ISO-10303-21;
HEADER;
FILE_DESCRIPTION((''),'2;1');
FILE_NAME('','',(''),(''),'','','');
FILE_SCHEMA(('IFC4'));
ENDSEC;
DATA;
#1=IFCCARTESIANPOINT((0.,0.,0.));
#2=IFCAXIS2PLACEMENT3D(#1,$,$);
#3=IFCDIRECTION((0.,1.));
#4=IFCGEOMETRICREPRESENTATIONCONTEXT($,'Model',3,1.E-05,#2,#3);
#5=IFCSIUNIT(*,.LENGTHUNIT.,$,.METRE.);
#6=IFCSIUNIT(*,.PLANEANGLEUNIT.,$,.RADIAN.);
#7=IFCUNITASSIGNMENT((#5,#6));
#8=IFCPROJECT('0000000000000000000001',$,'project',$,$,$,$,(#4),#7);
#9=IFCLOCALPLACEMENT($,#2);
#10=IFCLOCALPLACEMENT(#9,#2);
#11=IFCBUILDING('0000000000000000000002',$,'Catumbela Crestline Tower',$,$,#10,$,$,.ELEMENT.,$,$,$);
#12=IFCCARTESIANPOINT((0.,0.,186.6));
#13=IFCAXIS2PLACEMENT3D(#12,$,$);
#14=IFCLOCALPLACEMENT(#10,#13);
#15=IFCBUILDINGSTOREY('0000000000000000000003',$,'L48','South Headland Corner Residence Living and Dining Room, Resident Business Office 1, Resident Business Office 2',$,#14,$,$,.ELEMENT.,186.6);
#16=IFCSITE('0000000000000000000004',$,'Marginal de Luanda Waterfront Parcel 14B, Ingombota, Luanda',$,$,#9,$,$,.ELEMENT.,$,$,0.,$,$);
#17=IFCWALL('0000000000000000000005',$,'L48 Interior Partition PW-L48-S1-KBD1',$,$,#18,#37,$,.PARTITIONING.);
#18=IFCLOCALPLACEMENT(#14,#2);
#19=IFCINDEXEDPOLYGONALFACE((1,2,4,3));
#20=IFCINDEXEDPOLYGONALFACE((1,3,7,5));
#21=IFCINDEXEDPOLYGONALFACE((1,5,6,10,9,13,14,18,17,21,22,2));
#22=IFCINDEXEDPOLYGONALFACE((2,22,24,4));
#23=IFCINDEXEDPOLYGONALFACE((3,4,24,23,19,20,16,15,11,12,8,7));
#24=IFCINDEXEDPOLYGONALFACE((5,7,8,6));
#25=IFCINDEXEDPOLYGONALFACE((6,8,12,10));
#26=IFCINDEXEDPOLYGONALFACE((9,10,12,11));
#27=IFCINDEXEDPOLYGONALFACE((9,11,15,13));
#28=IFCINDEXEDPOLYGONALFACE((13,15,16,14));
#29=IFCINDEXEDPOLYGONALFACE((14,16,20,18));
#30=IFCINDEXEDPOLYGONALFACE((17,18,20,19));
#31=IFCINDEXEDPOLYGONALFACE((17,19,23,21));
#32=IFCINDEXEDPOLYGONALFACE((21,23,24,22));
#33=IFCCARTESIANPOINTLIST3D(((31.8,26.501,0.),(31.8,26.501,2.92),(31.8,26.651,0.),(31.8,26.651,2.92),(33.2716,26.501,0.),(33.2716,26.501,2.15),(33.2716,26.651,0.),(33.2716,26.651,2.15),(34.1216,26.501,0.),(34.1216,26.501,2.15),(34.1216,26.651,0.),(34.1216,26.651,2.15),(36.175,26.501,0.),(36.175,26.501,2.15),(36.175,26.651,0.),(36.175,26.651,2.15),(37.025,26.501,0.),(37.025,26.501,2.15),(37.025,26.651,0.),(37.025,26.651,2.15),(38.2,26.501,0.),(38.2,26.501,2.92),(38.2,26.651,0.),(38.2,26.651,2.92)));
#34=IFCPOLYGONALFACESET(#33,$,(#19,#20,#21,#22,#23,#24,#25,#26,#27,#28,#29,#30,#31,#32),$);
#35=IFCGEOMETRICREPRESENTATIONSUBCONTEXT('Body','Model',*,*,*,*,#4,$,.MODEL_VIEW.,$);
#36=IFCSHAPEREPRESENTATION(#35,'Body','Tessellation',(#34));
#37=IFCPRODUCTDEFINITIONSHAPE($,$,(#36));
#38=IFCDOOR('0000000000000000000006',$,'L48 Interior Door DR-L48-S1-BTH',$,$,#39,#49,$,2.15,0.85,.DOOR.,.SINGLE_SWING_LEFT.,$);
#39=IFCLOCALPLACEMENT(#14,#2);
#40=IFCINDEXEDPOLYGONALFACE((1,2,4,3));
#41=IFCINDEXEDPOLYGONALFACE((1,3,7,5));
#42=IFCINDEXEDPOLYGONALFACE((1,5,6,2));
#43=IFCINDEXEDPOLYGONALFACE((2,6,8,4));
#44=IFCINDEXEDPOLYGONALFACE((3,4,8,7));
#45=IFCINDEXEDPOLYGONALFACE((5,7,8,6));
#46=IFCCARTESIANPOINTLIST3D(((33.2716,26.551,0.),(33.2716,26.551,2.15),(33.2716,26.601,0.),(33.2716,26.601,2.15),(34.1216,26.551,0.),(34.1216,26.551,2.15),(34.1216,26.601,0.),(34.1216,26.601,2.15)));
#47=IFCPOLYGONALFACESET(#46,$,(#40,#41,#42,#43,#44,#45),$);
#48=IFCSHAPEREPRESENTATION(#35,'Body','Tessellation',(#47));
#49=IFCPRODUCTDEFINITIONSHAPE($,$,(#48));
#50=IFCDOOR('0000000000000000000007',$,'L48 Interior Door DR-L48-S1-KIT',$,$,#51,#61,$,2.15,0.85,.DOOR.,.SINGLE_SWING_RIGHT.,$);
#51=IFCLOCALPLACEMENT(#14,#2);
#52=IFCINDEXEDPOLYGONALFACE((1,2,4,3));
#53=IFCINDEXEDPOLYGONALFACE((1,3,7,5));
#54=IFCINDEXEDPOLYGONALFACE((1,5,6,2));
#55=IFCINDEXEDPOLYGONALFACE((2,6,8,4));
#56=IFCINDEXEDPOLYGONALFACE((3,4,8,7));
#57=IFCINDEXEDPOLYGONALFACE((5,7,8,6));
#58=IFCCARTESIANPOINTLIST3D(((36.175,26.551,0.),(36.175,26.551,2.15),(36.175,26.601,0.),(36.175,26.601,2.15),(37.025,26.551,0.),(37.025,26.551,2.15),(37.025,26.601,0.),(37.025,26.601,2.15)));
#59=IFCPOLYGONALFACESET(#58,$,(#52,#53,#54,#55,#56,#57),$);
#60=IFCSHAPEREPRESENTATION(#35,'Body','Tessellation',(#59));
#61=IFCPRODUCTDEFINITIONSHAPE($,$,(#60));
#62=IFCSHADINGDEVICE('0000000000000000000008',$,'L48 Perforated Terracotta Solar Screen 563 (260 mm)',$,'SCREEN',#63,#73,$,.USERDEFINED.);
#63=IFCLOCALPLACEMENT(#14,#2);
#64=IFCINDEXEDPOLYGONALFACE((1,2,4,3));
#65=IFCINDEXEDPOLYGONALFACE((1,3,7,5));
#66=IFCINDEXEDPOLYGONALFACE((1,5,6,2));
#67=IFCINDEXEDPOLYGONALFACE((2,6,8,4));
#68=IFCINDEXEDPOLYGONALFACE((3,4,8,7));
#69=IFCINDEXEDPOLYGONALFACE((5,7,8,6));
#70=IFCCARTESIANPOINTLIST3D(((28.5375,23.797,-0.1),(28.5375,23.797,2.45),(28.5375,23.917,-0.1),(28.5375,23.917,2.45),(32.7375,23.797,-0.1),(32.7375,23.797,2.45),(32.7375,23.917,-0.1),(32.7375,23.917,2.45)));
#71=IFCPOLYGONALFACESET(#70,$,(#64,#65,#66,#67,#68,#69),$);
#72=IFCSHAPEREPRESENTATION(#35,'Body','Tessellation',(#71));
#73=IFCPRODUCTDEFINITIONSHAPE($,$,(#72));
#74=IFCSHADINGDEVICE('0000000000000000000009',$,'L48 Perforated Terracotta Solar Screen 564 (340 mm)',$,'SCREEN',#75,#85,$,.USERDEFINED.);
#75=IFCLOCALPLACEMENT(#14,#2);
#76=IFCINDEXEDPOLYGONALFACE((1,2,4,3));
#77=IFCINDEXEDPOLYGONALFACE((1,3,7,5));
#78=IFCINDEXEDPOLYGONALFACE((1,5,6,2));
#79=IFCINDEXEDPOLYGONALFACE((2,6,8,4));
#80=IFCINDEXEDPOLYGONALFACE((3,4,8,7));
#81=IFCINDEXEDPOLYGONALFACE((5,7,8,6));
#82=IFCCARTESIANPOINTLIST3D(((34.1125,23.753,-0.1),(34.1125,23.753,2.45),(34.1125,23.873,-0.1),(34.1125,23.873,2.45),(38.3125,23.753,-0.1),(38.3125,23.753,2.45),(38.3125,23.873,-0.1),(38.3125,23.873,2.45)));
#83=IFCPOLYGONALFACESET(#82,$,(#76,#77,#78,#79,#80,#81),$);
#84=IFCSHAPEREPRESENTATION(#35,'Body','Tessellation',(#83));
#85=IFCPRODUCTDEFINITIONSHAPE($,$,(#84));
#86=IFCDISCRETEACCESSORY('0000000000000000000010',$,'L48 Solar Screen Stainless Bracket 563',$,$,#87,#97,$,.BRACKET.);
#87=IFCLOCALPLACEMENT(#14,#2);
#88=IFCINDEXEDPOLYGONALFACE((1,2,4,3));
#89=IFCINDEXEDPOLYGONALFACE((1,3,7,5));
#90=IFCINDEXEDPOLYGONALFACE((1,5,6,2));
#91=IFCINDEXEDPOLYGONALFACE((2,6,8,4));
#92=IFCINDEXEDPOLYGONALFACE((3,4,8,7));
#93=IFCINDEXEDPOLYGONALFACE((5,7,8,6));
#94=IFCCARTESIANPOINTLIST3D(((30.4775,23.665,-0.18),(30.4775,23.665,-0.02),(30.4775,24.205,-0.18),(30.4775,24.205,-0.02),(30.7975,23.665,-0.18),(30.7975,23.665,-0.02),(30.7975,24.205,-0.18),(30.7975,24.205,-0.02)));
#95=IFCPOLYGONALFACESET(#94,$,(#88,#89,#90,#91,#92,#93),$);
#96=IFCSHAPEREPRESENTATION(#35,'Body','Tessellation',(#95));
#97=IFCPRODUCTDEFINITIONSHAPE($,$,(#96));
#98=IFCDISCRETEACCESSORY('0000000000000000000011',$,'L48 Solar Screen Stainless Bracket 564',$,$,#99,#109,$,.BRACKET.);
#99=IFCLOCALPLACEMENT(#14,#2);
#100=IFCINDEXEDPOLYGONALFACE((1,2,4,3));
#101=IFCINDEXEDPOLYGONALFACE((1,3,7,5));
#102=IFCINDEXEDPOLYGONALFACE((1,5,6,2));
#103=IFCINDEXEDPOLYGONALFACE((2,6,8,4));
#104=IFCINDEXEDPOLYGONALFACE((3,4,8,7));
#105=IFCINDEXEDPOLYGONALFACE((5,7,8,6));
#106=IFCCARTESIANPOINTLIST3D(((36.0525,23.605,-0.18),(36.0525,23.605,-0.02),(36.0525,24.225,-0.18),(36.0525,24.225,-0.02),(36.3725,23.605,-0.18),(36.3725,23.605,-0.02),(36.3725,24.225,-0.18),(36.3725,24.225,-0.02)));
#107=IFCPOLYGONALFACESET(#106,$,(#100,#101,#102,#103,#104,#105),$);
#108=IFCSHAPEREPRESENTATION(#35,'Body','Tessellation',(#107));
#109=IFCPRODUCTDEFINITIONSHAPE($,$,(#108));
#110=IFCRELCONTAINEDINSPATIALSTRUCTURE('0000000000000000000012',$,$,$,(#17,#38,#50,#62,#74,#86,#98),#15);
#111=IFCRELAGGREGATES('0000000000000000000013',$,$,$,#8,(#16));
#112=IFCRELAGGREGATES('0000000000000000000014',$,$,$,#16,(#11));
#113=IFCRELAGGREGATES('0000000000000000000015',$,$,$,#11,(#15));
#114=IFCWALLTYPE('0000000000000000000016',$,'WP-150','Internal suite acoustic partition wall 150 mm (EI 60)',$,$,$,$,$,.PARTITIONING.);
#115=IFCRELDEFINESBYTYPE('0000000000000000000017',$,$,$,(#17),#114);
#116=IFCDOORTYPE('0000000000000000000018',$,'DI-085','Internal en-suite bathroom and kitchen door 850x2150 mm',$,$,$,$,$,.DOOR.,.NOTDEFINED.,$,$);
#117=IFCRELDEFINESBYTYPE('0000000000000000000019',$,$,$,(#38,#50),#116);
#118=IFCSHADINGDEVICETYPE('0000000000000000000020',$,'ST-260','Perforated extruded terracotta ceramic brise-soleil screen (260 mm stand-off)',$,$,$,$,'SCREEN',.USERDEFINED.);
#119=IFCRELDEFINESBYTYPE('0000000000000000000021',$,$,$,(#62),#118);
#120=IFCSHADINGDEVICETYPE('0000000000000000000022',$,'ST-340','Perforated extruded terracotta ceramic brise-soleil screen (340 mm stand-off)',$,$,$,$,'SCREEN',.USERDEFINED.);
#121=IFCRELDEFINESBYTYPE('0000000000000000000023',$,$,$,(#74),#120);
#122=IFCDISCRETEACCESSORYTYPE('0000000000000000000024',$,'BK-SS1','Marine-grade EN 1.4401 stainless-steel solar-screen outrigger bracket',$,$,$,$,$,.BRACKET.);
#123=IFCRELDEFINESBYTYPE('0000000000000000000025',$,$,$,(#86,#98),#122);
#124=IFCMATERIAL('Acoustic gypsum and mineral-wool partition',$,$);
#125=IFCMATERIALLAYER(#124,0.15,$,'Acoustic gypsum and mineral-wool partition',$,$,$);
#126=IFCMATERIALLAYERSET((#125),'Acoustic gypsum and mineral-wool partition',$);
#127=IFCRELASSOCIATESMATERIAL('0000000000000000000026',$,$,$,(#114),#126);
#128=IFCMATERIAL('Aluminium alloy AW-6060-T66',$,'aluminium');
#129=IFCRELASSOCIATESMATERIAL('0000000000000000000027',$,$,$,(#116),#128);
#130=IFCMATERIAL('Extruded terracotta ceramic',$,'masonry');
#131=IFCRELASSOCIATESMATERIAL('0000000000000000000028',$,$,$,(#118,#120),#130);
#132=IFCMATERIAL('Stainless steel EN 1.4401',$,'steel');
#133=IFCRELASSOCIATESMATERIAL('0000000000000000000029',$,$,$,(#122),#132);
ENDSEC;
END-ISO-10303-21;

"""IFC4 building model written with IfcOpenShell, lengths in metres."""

from ifc_helpers import new_model, si_unit, direction, frame, frame_2d, origin, origin_2d, place, context, subcontext, project, spatial, rectangle, extrude, material, layer, layer_set, type_object, element, fill, save


model = new_model("IFC4")

# Units and contexts
model_context = context("Model", 3, precision=1e-05, world=origin(), true_north=direction((0.0, 1.0)))
body_context = subcontext(model_context, "Body", "Model", "MODEL_VIEW")
ifc_project = project(units=[si_unit("LENGTHUNIT", "METRE"), si_unit("PLANEANGLEUNIT", "RADIAN")], contexts=[model_context])

# Site, building, storey
site_placement = place(None, origin())
site = spatial("IfcSite", under=ifc_project, at=site_placement, Name="Marginal de Luanda Waterfront Parcel 14B, Ingombota, Luanda", CompositionType="ELEMENT", RefElevation=0.0)
building_placement = place(site_placement, origin())
building = spatial("IfcBuilding", under=site, at=building_placement, Name="Catumbela Crestline Tower", CompositionType="ELEMENT")
storey_placement = place(building_placement, frame((0.0, 0.0, 186.6)))
storey = spatial("IfcBuildingStorey", under=building, at=storey_placement, Name="L48", Description="South Headland Corner Residence Living and Dining Room, Resident Business Office 1, Resident Business Office 2", CompositionType="ELEMENT", Elevation=186.6)

# Shared definitions
ifc_material_1 = material(Name="Aluminium alloy AW-6060-T66", Category="aluminium")

# Shared definitions
ifc_material_2 = material(Name="Acoustic gypsum and mineral-wool partition")
ifc_layer_1 = layer(ifc_material_2, 0.15, Name="Acoustic gypsum and mineral-wool partition")
ifc_layer_set_1 = layer_set([ifc_layer_1], Name="Acoustic gypsum and mineral-wool partition")
wall_type = type_object("IfcWallType", Name="WP-150", Description="Internal suite acoustic partition wall 150 mm (EI 60)", PredefinedType="PARTITIONING", material=ifc_layer_set_1)

# Wall, openings, doors
wall_1_placement = place(storey_placement, frame((31.8, 26.576, 0.0), z_axis=(0.0, 0.0, 1.0), x_axis=(1.0, 0.0, 0.0)))
wall_1 = element("IfcWall", 1, at=wall_1_placement, inside=storey, type_object=wall_type, Name="L48 Interior Partition PW-L48-S1-KBD1", PredefinedType="PARTITIONING", context=body_context, shape_type="SweptSolid", body=[
    extrude(rectangle(XDim=6.4, YDim=0.15, at=frame_2d((3.2, 0.0))), origin(), (0.0, 0.0, 1.0), 2.92),
])
opening_1_placement = place(wall_1_placement, frame((1.4716, 0.0, 0.0)))
opening_1 = element("IfcOpeningElement", 2, at=opening_1_placement, cuts=wall_1, PredefinedType="OPENING", context=body_context, shape_type="SweptSolid", body=[
    extrude(rectangle(XDim=0.85, YDim=2.15, at=frame_2d((0.425, 1.075))), frame((0.0, 0.085, 0.0), z_axis=(0.0, -1.0, 0.0), x_axis=(1.0, 0.0, 0.0)), (0.0, 0.0, 1.0), 0.17),
])
opening_2_placement = place(wall_1_placement, frame((4.375, 0.0, 0.0)))
opening_2 = element("IfcOpeningElement", 3, at=opening_2_placement, cuts=wall_1, PredefinedType="OPENING", context=body_context, shape_type="SweptSolid", body=[
    extrude(rectangle(XDim=0.85, YDim=2.15, at=frame_2d((0.425, 1.075))), frame((0.0, 0.085, 0.0), z_axis=(0.0, -1.0, 0.0), x_axis=(1.0, 0.0, 0.0)), (0.0, 0.0, 1.0), 0.17),
])
door_type = type_object("IfcDoorType", Name="DI-085", Description="Internal en-suite bathroom and kitchen door 850x2150 mm", OperationType="NOTDEFINED", PredefinedType="DOOR", material=ifc_material_1)
door_1_placement = place(opening_1_placement, origin())
door_1 = element("IfcDoor", 4, at=door_1_placement, inside=storey, type_object=door_type, Name="L48 Interior Door DR-L48-S1-BTH", OperationType="SINGLE_SWING_LEFT", OverallHeight=2.15, OverallWidth=0.85, PredefinedType="DOOR", context=body_context, shape_type="SweptSolid", body=[
    extrude(rectangle(XDim=0.85, YDim=2.15, at=frame_2d((0.425, 1.075))), frame((0.0, 0.025, 0.0), z_axis=(0.0, -1.0, 0.0), x_axis=(1.0, 0.0, 0.0)), (0.0, 0.0, 1.0), 0.05),
])
fill(opening_1, door_1)
door_2_placement = place(opening_2_placement, origin())
door_2 = element("IfcDoor", 5, at=door_2_placement, inside=storey, type_object=door_type, Name="L48 Interior Door DR-L48-S1-KIT", OperationType="SINGLE_SWING_RIGHT", OverallHeight=2.15, OverallWidth=0.85, PredefinedType="DOOR", context=body_context, shape_type="SweptSolid", body=[
    extrude(rectangle(XDim=0.85, YDim=2.15, at=frame_2d((0.425, 1.075))), frame((0.0, 0.025, 0.0), z_axis=(0.0, -1.0, 0.0), x_axis=(1.0, 0.0, 0.0)), (0.0, 0.0, 1.0), 0.05),
])
fill(opening_2, door_2)

# Shading devices
ifc_material_3 = material(Name="Extruded terracotta ceramic", Category="masonry")
shading_device_type_1 = type_object("IfcShadingDeviceType", Name="ST-260", Description="Perforated extruded terracotta ceramic brise-soleil screen (260 mm stand-off)", ElementType="SCREEN", PredefinedType="USERDEFINED", material=ifc_material_3)
shading_device_1_placement = place(storey_placement, frame((30.6375, 23.857, -0.1), z_axis=(0.0, 0.0, 1.0), x_axis=(1.0, 0.0, 0.0)))
element("IfcShadingDevice", 6, at=shading_device_1_placement, inside=storey, type_object=shading_device_type_1, Name="L48 Perforated Terracotta Solar Screen 563 (260 mm)", ObjectType="SCREEN", PredefinedType="USERDEFINED", context=body_context, shape_type="SweptSolid", body=[
    extrude(rectangle(XDim=4.2, YDim=0.12, at=origin_2d()), origin(), (0.0, 0.0, 1.0), 2.55),
])
shading_device_type_2 = type_object("IfcShadingDeviceType", Name="ST-340", Description="Perforated extruded terracotta ceramic brise-soleil screen (340 mm stand-off)", ElementType="SCREEN", PredefinedType="USERDEFINED", material=ifc_material_3)
shading_device_2_placement = place(storey_placement, frame((36.2125, 23.813, -0.1), z_axis=(0.0, 0.0, 1.0), x_axis=(1.0, 0.0, 0.0)))
element("IfcShadingDevice", 7, at=shading_device_2_placement, inside=storey, type_object=shading_device_type_2, Name="L48 Perforated Terracotta Solar Screen 564 (340 mm)", ObjectType="SCREEN", PredefinedType="USERDEFINED", context=body_context, shape_type="SweptSolid", body=[
    extrude(rectangle(XDim=4.2, YDim=0.12, at=origin_2d()), origin(), (0.0, 0.0, 1.0), 2.55),
])

# Discrete accessories
ifc_material_4 = material(Name="Stainless steel EN 1.4401", Category="steel")
discrete_accessory_type = type_object("IfcDiscreteAccessoryType", Name="BK-SS1", Description="Marine-grade EN 1.4401 stainless-steel solar-screen outrigger bracket", PredefinedType="BRACKET", material=ifc_material_4)
discrete_accessory_1_placement = place(storey_placement, frame((30.6375, 23.935, -0.18), z_axis=(0.0, 0.0, 1.0), x_axis=(1.0, 0.0, 0.0)))
element("IfcDiscreteAccessory", 8, at=discrete_accessory_1_placement, inside=storey, type_object=discrete_accessory_type, Name="L48 Solar Screen Stainless Bracket 563", PredefinedType="BRACKET", context=body_context, shape_type="SweptSolid", body=[
    extrude(rectangle(XDim=0.32, YDim=0.54, at=origin_2d()), origin(), (0.0, 0.0, 1.0), 0.16),
])
discrete_accessory_2_placement = place(storey_placement, frame((36.2125, 23.915, -0.18), z_axis=(0.0, 0.0, 1.0), x_axis=(1.0, 0.0, 0.0)))
element("IfcDiscreteAccessory", 9, at=discrete_accessory_2_placement, inside=storey, type_object=discrete_accessory_type, Name="L48 Solar Screen Stainless Bracket 564", PredefinedType="BRACKET", context=body_context, shape_type="SweptSolid", body=[
    extrude(rectangle(XDim=0.32, YDim=0.62, at=origin_2d()), origin(), (0.0, 0.0, 1.0), 0.16),
])

save(model, "model.ifc")
